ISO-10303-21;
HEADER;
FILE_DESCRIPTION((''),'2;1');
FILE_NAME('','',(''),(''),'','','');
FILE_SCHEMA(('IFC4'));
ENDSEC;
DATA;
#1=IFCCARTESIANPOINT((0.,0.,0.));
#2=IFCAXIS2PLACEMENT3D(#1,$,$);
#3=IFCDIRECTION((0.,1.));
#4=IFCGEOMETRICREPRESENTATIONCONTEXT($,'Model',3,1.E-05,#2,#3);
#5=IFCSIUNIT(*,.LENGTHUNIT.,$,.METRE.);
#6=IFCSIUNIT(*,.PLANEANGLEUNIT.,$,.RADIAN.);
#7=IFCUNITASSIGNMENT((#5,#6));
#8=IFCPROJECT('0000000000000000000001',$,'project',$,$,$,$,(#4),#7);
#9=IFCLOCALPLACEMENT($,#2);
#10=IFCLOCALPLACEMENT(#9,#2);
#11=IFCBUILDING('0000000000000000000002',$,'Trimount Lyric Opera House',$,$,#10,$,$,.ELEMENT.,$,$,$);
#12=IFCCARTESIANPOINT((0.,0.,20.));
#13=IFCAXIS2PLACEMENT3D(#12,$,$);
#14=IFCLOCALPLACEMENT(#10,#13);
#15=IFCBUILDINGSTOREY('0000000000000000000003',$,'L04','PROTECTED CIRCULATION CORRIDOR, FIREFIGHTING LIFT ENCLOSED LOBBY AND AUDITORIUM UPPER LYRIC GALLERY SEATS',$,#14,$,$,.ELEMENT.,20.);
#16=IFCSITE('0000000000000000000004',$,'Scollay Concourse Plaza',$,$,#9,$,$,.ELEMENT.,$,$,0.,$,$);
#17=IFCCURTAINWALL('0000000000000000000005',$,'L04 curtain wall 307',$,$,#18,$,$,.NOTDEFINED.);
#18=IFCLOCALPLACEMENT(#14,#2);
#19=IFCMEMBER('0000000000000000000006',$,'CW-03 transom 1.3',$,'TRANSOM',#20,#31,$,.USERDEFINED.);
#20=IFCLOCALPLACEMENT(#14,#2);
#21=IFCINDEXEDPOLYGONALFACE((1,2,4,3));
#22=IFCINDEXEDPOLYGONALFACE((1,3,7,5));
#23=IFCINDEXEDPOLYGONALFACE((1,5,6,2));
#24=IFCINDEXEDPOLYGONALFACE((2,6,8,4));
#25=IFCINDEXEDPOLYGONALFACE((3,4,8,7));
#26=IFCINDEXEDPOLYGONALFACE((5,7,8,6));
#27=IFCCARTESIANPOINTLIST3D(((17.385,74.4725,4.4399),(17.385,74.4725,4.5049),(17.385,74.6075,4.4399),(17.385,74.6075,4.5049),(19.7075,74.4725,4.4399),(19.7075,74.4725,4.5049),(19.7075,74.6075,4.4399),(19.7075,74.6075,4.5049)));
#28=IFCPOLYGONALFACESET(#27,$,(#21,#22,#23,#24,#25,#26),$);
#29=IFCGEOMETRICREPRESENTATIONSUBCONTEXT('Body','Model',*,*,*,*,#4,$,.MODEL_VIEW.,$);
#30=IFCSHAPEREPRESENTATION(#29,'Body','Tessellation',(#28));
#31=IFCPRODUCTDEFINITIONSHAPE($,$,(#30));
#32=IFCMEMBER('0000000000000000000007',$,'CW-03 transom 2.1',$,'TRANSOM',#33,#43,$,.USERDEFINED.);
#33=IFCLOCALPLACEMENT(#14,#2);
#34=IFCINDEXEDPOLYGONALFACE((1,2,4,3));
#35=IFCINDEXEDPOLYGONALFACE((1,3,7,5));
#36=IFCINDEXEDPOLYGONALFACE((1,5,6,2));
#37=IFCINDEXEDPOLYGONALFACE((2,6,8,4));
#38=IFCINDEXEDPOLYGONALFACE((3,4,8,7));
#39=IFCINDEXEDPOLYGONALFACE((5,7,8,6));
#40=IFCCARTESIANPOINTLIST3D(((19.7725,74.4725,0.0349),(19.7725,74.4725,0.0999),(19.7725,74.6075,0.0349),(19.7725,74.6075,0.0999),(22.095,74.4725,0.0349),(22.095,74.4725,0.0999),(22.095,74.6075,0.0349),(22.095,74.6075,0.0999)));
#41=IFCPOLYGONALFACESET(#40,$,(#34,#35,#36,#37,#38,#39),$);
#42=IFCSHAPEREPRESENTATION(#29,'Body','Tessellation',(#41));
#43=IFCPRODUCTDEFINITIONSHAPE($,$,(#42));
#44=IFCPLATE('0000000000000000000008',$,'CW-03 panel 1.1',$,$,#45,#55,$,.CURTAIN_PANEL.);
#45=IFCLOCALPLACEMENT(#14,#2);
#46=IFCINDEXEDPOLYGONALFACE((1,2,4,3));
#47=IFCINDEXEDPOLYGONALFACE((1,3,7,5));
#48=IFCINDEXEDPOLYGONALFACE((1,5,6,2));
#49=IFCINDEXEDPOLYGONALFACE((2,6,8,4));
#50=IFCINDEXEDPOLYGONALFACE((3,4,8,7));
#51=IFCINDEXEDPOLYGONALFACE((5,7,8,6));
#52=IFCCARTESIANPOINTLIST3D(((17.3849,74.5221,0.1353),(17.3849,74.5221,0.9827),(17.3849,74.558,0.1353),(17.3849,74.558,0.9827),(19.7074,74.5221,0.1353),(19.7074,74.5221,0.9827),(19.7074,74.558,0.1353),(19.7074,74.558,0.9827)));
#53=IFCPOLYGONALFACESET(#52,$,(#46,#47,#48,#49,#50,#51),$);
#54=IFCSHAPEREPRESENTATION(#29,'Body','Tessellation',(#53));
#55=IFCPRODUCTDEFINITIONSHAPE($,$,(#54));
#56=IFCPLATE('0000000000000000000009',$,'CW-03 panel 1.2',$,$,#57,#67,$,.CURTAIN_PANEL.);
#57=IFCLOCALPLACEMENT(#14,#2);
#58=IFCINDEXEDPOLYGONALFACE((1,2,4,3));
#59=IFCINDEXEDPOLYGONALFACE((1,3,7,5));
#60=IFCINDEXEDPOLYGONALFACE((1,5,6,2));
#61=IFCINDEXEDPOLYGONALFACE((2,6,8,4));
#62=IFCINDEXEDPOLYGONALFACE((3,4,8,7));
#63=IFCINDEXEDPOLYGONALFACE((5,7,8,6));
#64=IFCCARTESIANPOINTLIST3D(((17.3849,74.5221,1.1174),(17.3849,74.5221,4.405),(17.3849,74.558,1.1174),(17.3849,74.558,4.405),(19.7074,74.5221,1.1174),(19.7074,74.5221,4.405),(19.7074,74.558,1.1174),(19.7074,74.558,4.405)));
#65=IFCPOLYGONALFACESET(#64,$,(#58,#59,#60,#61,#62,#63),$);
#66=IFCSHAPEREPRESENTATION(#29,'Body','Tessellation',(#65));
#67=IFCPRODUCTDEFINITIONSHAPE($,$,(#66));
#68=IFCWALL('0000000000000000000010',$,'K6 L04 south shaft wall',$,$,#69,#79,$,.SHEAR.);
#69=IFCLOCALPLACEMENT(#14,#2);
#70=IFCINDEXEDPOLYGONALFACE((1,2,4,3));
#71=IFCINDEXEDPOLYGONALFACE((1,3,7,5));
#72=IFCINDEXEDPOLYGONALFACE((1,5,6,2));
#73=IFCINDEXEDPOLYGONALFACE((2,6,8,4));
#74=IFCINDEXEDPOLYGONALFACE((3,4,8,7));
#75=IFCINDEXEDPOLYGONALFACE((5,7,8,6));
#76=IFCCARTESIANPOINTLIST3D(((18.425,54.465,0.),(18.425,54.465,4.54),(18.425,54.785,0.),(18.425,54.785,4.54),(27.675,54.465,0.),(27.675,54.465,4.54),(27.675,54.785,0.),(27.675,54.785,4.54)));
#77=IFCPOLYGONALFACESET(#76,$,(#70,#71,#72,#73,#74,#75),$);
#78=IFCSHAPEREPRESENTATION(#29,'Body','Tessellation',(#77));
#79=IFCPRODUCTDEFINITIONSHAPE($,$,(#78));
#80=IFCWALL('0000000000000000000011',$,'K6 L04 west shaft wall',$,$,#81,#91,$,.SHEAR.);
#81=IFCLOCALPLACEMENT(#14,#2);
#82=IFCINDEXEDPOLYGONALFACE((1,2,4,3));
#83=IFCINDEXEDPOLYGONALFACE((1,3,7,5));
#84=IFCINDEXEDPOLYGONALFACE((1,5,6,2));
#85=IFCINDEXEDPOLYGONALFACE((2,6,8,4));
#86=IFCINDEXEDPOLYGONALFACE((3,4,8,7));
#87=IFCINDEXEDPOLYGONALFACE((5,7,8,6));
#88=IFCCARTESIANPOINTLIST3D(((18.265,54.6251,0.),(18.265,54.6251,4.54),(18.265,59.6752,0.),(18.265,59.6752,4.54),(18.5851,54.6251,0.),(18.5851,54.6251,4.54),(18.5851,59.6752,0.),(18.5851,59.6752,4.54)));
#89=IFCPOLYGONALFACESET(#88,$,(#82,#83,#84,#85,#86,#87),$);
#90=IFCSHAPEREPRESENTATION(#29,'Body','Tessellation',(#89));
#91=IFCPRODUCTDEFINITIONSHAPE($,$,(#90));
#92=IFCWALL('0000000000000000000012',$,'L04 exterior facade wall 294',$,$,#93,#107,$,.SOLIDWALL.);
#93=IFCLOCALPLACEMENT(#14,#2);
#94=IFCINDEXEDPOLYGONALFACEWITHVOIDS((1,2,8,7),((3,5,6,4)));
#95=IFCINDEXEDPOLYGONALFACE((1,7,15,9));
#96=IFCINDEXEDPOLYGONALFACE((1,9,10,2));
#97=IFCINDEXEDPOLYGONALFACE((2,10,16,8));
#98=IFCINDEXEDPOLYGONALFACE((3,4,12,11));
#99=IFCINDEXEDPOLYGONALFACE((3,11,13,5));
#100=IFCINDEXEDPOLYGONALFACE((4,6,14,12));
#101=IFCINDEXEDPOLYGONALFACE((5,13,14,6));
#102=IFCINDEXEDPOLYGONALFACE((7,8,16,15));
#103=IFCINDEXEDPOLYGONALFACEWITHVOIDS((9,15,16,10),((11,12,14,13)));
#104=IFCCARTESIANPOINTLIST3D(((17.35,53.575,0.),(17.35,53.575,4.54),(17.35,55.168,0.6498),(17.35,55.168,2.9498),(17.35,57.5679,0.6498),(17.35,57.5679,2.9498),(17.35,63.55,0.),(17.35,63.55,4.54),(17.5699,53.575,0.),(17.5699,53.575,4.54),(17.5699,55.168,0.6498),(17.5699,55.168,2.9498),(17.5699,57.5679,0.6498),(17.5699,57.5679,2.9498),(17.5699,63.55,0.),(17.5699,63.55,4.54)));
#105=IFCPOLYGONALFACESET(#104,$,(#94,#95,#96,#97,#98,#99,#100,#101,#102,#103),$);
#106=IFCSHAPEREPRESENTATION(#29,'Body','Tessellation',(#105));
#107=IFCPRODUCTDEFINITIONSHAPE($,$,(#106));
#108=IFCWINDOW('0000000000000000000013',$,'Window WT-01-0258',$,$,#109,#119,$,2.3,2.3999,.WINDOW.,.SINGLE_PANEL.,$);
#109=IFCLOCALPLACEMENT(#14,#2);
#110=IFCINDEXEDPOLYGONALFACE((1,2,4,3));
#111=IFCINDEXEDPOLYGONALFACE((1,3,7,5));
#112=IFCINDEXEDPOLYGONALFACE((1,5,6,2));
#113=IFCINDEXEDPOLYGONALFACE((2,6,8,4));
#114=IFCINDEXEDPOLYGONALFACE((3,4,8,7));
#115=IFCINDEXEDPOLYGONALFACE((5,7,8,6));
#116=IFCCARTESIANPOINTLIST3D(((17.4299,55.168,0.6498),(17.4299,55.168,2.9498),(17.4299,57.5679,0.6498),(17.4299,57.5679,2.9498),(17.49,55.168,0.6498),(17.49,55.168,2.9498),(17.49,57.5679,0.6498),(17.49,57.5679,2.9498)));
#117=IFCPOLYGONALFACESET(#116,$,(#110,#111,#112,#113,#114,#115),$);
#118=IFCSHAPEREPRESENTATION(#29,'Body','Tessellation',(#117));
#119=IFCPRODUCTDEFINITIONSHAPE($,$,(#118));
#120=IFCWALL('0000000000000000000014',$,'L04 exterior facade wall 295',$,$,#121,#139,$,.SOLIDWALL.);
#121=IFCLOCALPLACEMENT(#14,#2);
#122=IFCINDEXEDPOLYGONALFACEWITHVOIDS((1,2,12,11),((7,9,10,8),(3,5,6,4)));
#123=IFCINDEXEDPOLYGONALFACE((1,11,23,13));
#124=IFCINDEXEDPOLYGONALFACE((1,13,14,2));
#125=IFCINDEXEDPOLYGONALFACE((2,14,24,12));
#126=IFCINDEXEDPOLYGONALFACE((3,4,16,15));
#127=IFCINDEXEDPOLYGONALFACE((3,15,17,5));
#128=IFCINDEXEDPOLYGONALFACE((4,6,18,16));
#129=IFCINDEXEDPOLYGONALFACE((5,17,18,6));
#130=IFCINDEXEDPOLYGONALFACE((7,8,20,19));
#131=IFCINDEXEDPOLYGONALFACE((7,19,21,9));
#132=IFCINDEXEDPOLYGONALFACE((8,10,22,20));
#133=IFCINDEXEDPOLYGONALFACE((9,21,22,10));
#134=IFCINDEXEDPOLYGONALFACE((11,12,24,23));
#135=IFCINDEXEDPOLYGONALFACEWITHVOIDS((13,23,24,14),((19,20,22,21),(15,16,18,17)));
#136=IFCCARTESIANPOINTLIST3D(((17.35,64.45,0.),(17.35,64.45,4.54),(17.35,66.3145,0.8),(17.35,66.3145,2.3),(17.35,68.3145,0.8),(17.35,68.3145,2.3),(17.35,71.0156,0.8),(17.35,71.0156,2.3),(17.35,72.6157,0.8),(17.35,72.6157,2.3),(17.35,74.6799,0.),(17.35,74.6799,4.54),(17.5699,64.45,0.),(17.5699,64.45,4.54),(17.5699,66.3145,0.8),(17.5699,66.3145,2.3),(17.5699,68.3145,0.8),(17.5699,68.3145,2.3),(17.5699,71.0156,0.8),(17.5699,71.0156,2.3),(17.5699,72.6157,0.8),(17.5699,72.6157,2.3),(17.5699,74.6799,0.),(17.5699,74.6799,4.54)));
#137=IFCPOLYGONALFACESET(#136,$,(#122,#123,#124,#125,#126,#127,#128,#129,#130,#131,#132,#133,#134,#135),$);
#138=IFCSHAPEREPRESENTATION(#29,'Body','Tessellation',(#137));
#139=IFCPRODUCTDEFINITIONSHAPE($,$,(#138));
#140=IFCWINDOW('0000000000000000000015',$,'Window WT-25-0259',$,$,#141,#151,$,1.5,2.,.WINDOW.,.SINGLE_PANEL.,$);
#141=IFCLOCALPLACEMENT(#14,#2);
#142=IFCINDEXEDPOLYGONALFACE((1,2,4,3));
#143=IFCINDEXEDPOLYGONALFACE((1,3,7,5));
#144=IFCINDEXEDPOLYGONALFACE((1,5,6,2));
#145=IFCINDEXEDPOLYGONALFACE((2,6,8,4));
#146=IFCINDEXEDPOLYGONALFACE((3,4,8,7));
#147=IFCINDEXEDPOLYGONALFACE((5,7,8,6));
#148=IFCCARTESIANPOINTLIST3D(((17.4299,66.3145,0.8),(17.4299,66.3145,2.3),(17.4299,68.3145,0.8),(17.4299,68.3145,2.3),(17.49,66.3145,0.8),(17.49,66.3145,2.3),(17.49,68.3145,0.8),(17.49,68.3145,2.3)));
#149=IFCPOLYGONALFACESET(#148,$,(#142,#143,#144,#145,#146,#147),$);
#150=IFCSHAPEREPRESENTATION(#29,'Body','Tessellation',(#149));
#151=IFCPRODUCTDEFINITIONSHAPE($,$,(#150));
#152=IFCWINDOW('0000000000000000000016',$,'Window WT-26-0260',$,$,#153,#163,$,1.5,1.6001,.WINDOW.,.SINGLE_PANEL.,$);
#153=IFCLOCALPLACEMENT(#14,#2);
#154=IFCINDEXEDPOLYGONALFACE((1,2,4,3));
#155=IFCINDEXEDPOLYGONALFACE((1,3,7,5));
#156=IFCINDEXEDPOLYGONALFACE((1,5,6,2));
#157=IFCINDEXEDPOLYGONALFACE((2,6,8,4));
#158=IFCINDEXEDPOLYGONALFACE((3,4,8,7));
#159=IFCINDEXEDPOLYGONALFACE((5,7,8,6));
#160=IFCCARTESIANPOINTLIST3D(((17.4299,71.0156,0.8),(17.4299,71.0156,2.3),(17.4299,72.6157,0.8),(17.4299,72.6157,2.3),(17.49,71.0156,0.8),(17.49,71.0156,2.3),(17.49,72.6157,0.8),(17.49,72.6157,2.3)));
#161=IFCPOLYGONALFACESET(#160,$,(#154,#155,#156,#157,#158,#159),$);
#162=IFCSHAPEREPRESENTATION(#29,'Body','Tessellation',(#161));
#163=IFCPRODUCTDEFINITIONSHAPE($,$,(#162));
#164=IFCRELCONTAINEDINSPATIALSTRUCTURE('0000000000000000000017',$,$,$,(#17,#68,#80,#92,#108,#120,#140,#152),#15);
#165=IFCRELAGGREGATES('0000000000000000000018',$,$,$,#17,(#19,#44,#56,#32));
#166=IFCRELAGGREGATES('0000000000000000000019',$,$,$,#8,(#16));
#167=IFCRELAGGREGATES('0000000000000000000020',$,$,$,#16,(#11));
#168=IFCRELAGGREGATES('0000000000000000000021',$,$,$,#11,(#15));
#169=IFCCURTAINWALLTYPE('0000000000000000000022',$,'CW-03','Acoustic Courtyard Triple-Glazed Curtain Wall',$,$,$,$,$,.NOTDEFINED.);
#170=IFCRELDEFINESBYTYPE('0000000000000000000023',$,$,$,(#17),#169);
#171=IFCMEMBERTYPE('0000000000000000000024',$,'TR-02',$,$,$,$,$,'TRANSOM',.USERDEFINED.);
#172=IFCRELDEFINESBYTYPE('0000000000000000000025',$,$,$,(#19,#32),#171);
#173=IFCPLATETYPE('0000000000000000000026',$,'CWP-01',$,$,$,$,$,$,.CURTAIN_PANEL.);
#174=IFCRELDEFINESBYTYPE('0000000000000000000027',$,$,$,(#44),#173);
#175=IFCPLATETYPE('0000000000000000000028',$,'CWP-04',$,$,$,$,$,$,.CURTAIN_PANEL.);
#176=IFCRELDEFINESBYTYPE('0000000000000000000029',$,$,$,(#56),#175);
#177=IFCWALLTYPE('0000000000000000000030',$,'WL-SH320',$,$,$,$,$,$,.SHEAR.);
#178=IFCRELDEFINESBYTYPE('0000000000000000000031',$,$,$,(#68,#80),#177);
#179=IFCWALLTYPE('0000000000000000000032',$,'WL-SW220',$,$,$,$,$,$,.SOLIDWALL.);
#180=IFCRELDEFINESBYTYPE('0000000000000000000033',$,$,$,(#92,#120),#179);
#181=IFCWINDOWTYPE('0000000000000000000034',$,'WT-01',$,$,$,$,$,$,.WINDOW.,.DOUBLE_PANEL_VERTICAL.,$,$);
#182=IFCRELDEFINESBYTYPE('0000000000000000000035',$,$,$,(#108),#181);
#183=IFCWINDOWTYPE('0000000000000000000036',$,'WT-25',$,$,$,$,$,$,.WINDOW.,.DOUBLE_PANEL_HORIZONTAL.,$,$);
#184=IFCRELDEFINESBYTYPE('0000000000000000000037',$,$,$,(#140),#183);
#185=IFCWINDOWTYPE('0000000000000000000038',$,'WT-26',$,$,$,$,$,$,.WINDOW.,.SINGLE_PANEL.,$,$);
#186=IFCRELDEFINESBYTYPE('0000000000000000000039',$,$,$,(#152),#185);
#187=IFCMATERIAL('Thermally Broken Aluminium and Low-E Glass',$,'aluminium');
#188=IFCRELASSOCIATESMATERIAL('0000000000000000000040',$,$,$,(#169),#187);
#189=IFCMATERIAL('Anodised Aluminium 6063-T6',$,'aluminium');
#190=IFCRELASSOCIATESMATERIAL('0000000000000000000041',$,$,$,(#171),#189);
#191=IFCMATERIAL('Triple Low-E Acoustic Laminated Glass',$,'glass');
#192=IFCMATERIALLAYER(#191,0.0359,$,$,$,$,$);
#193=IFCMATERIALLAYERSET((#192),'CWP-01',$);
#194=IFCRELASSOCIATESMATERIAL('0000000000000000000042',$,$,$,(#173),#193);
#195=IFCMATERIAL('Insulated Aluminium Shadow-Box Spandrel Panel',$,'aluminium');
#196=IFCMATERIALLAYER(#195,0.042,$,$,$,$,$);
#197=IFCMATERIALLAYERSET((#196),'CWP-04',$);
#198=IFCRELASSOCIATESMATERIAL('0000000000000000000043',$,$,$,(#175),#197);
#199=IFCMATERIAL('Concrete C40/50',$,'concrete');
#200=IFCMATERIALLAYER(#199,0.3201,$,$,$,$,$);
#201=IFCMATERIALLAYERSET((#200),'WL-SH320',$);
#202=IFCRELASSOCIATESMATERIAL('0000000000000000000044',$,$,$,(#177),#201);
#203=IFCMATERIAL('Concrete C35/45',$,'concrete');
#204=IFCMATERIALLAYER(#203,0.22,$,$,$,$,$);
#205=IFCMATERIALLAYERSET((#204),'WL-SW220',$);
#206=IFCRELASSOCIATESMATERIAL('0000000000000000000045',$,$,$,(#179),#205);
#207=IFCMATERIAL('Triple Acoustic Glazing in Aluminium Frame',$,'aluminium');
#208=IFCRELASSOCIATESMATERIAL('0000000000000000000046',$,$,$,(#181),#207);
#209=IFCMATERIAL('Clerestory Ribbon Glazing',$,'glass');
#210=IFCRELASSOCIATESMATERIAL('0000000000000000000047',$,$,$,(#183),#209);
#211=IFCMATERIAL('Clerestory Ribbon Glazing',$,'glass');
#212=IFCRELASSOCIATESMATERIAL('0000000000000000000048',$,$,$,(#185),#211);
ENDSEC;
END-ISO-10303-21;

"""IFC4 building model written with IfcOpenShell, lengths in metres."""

from ifc_helpers import new_model, si_unit, direction, frame, frame_2d, origin, origin_2d, place, context, subcontext, project, spatial, rectangle, extrude, material, layer, layer_set, material_profile, profile_set, type_object, element, fill, aggregate, save


model = new_model("IFC4")

# Units and contexts
model_context = context("Model", 3, precision=1e-05, world=origin(), true_north=direction((0.0, 1.0)))
body_context = subcontext(model_context, "Body", "Model", "MODEL_VIEW")
ifc_project = project(units=[si_unit("LENGTHUNIT", "METRE"), si_unit("PLANEANGLEUNIT", "RADIAN")], contexts=[model_context])

# Site, building, storey
site_placement = place(None, origin())
site = spatial("IfcSite", under=ifc_project, at=site_placement, Name="Scollay Concourse Plaza", CompositionType="ELEMENT", RefElevation=0.0)
building_placement = place(site_placement, origin())
building = spatial("IfcBuilding", under=site, at=building_placement, Name="Trimount Lyric Opera House", CompositionType="ELEMENT")
storey_placement = place(building_placement, frame((0.0, 0.0, 20.0)))
storey = spatial("IfcBuildingStorey", under=building, at=storey_placement, Name="L04", Description="PROTECTED CIRCULATION CORRIDOR, FIREFIGHTING LIFT ENCLOSED LOBBY AND AUDITORIUM UPPER LYRIC GALLERY SEATS", CompositionType="ELEMENT", Elevation=20.0)

# Curtain wall
ifc_material_1 = material(Name="Thermally Broken Aluminium and Low-E Glass", Category="aluminium")
curtain_wall_type = type_object("IfcCurtainWallType", Name="CW-03", Description="Acoustic Courtyard Triple-Glazed Curtain Wall", PredefinedType="NOTDEFINED", material=ifc_material_1)
curtain_wall_placement = place(storey_placement, origin())
curtain_wall = element("IfcCurtainWall", 1, at=curtain_wall_placement, inside=storey, type_object=curtain_wall_type, Name="L04 curtain wall 307", PredefinedType="NOTDEFINED")

# Members
ifc_material_2 = material(Name="Anodised Aluminium 6063-T6", Category="aluminium")
ifc_material_profile_1 = material_profile(ifc_material_2, rectangle(XDim=0.135, YDim=0.0649, at=origin_2d()), Name="ALU-TRAN-65X135")
ifc_profile_set_1 = profile_set([ifc_material_profile_1], Name="Anodised Aluminium 6063-T6")
member_type_1 = type_object("IfcMemberType", Name="TR-02", ElementType="TRANSOM", PredefinedType="USERDEFINED", material=ifc_profile_set_1)
member_1_placement = place(storey_placement, frame((17.385, 74.54, 4.4724), z_axis=(1.0, 0.0, 0.0), x_axis=(0.0, 1.0, 0.0)))
member_1 = element("IfcMember", 2, at=member_1_placement, type_object=member_type_1, Name="CW-03 transom 1.3", ObjectType="TRANSOM", PredefinedType="USERDEFINED", context=body_context, shape_type="SweptSolid", body=[
    extrude(rectangle(XDim=0.135, YDim=0.0649, at=origin_2d()), origin(), (0.0, 0.0, 1.0), 2.3225),
])
member_2_placement = place(storey_placement, frame((19.7725, 74.54, 0.0674), z_axis=(1.0, 0.0, 0.0), x_axis=(0.0, 1.0, 0.0)))
member_2 = element("IfcMember", 3, at=member_2_placement, type_object=member_type_1, Name="CW-03 transom 2.1", ObjectType="TRANSOM", PredefinedType="USERDEFINED", context=body_context, shape_type="SweptSolid", body=[
    extrude(rectangle(XDim=0.135, YDim=0.0649, at=origin_2d()), origin(), (0.0, 0.0, 1.0), 2.3225),
])

# Plates
ifc_material_3 = material(Name="Triple Low-E Acoustic Laminated Glass", Category="glass")
ifc_layer_1 = layer(ifc_material_3, 0.0359)
ifc_layer_set_1 = layer_set([ifc_layer_1], Name="CWP-01")
plate_type_1 = type_object("IfcPlateType", Name="CWP-01", PredefinedType="CURTAIN_PANEL", material=ifc_layer_set_1)
plate_1_placement = place(storey_placement, frame((18.5461, 74.54, 0.1353), z_axis=(0.0, 0.0, 1.0), x_axis=(1.0, 0.0, 0.0)))
plate_1 = element("IfcPlate", 4, at=plate_1_placement, type_object=plate_type_1, Name="CW-03 panel 1.1", PredefinedType="CURTAIN_PANEL", context=body_context, shape_type="SweptSolid", body=[
    extrude(rectangle(XDim=2.3225, YDim=0.0359, at=origin_2d()), origin(), (0.0, 0.0, 1.0), 0.8474),
])
ifc_material_4 = material(Name="Insulated Aluminium Shadow-Box Spandrel Panel", Category="aluminium")
ifc_layer_2 = layer(ifc_material_4, 0.042)
ifc_layer_set_2 = layer_set([ifc_layer_2], Name="CWP-04")
plate_type_2 = type_object("IfcPlateType", Name="CWP-04", PredefinedType="CURTAIN_PANEL", material=ifc_layer_set_2)
plate_2_placement = place(storey_placement, frame((18.5461, 74.54, 1.1174), z_axis=(0.0, 0.0, 1.0), x_axis=(1.0, 0.0, 0.0)))
plate_2 = element("IfcPlate", 5, at=plate_2_placement, type_object=plate_type_2, Name="CW-03 panel 1.2", PredefinedType="CURTAIN_PANEL", context=body_context, shape_type="SweptSolid", body=[
    extrude(rectangle(XDim=2.3225, YDim=0.0359, at=origin_2d()), origin(), (0.0, 0.0, 1.0), 3.2876),
])
aggregate(curtain_wall, [member_1, plate_1, plate_2, member_2])

# Walls
ifc_material_5 = material(Name="Concrete C40/50", Category="concrete")
ifc_layer_3 = layer(ifc_material_5, 0.3201)
ifc_layer_set_3 = layer_set([ifc_layer_3], Name="WL-SH320")
wall_type_1 = type_object("IfcWallType", Name="WL-SH320", PredefinedType="SHEAR", material=ifc_layer_set_3)
wall_1_placement = place(storey_placement, frame((18.425, 54.625, 0.0), z_axis=(0.0, 0.0, 1.0), x_axis=(1.0, 0.0, 0.0)))
element("IfcWall", 6, at=wall_1_placement, inside=storey, type_object=wall_type_1, Name="K6 L04 south shaft wall", PredefinedType="SHEAR", context=body_context, shape_type="SweptSolid", body=[
    extrude(rectangle(XDim=9.25, YDim=0.3201, at=frame_2d((4.625, 0.0))), origin(), (0.0, 0.0, 1.0), 4.54),
])
wall_2_placement = place(storey_placement, frame((18.425, 59.675, 0.0), z_axis=(0.0, 0.0, 1.0), x_axis=(0.0, -1.0, 0.0)))
element("IfcWall", 7, at=wall_2_placement, inside=storey, type_object=wall_type_1, Name="K6 L04 west shaft wall", PredefinedType="SHEAR", context=body_context, shape_type="SweptSolid", body=[
    extrude(rectangle(XDim=5.05, YDim=0.3201, at=frame_2d((2.5249, 0.0))), origin(), (0.0, 0.0, 1.0), 4.54),
])

# Wall, opening, window
ifc_material_6 = material(Name="Concrete C35/45", Category="concrete")
ifc_layer_4 = layer(ifc_material_6, 0.22)
ifc_layer_set_4 = layer_set([ifc_layer_4], Name="WL-SW220")
wall_type_2 = type_object("IfcWallType", Name="WL-SW220", PredefinedType="SOLIDWALL", material=ifc_layer_set_4)
wall_3_placement = place(storey_placement, frame((17.46, 53.575, 0.0), z_axis=(0.0, 0.0, 1.0), x_axis=(0.0, 1.0, 0.0)))
wall_3 = element("IfcWall", 8, at=wall_3_placement, inside=storey, type_object=wall_type_2, Name="L04 exterior facade wall 294", PredefinedType="SOLIDWALL", context=body_context, shape_type="SweptSolid", body=[
    extrude(rectangle(XDim=9.9751, YDim=0.22, at=frame_2d((4.9875, 0.0))), origin(), (0.0, 0.0, 1.0), 4.54),
])
opening_1_placement = place(wall_3_placement, frame((1.593, 0.0, 0.6499)))
opening_1 = element("IfcOpeningElement", 9, at=opening_1_placement, cuts=wall_3, PredefinedType="OPENING", context=body_context, shape_type="SweptSolid", body=[
    extrude(rectangle(XDim=2.3999, YDim=2.3, at=frame_2d((1.2, 1.1499))), frame((0.0, 0.1201, 0.0), z_axis=(0.0, -1.0, 0.0), x_axis=(1.0, 0.0, 0.0)), (0.0, 0.0, 1.0), 0.24),
])
ifc_material_7 = material(Name="Triple Acoustic Glazing in Aluminium Frame", Category="aluminium")
window_type_1 = type_object("IfcWindowType", Name="WT-01", PartitioningType="DOUBLE_PANEL_VERTICAL", PredefinedType="WINDOW", material=ifc_material_7)
window_1_placement = place(opening_1_placement, origin())
window_1 = element("IfcWindow", 10, at=window_1_placement, inside=storey, type_object=window_type_1, Name="Window WT-01-0258", OverallHeight=2.3, OverallWidth=2.3999, PartitioningType="SINGLE_PANEL", PredefinedType="WINDOW", context=body_context, shape_type="SweptSolid", body=[
    extrude(rectangle(XDim=2.3999, YDim=2.3, at=frame_2d((1.2, 1.1499))), frame((0.0, 0.03, 0.0), z_axis=(0.0, -1.0, 0.0), x_axis=(1.0, 0.0, 0.0)), (0.0, 0.0, 1.0), 0.0601),
])
fill(opening_1, window_1)

# Wall, openings, windows
wall_4_placement = place(storey_placement, frame((17.46, 64.45, 0.0), z_axis=(0.0, 0.0, 1.0), x_axis=(0.0, 1.0, 0.0)))
wall_4 = element("IfcWall", 11, at=wall_4_placement, inside=storey, type_object=wall_type_2, Name="L04 exterior facade wall 295", PredefinedType="SOLIDWALL", context=body_context, shape_type="SweptSolid", body=[
    extrude(rectangle(XDim=10.23, YDim=0.22, at=frame_2d((5.115, 0.0))), origin(), (0.0, 0.0, 1.0), 4.54),
])
opening_2_placement = place(wall_4_placement, frame((1.8645, 0.0, 0.8)))
opening_2 = element("IfcOpeningElement", 12, at=opening_2_placement, cuts=wall_4, PredefinedType="OPENING", context=body_context, shape_type="SweptSolid", body=[
    extrude(rectangle(XDim=2.0, YDim=1.5, at=frame_2d((1.0, 0.75))), frame((0.0, 0.1201, 0.0), z_axis=(0.0, -1.0, 0.0), x_axis=(1.0, 0.0, 0.0)), (0.0, 0.0, 1.0), 0.24),
])
opening_3_placement = place(wall_4_placement, frame((6.5657, 0.0, 0.8)))
opening_3 = element("IfcOpeningElement", 13, at=opening_3_placement, cuts=wall_4, PredefinedType="OPENING", context=body_context, shape_type="SweptSolid", body=[
    extrude(rectangle(XDim=1.6001, YDim=1.5, at=frame_2d((0.8, 0.75))), frame((0.0, 0.1201, 0.0), z_axis=(0.0, -1.0, 0.0), x_axis=(1.0, 0.0, 0.0)), (0.0, 0.0, 1.0), 0.24),
])
ifc_material_8 = material(Name="Clerestory Ribbon Glazing", Category="glass")
window_type_2 = type_object("IfcWindowType", Name="WT-25", PartitioningType="DOUBLE_PANEL_HORIZONTAL", PredefinedType="WINDOW", material=ifc_material_8)
window_2_placement = place(opening_2_placement, origin())
window_2 = element("IfcWindow", 14, at=window_2_placement, inside=storey, type_object=window_type_2, Name="Window WT-25-0259", OverallHeight=1.5, OverallWidth=2.0, PartitioningType="SINGLE_PANEL", PredefinedType="WINDOW", context=body_context, shape_type="SweptSolid", body=[
    extrude(rectangle(XDim=2.0, YDim=1.5, at=frame_2d((1.0, 0.75))), frame((0.0, 0.03, 0.0), z_axis=(0.0, -1.0, 0.0), x_axis=(1.0, 0.0, 0.0)), (0.0, 0.0, 1.0), 0.0601),
])
fill(opening_2, window_2)
ifc_material_9 = material(Name="Clerestory Ribbon Glazing", Category="glass")
window_type_3 = type_object("IfcWindowType", Name="WT-26", PartitioningType="SINGLE_PANEL", PredefinedType="WINDOW", material=ifc_material_9)
window_3_placement = place(opening_3_placement, origin())
window_3 = element("IfcWindow", 15, at=window_3_placement, inside=storey, type_object=window_type_3, Name="Window WT-26-0260", OverallHeight=1.5, OverallWidth=1.6001, PartitioningType="SINGLE_PANEL", PredefinedType="WINDOW", context=body_context, shape_type="SweptSolid", body=[
    extrude(rectangle(XDim=1.6001, YDim=1.5, at=frame_2d((0.8, 0.75))), frame((0.0, 0.03, 0.0), z_axis=(0.0, -1.0, 0.0), x_axis=(1.0, 0.0, 0.0)), (0.0, 0.0, 1.0), 0.0601),
])
fill(opening_3, window_3)

save(model, "model.ifc")
